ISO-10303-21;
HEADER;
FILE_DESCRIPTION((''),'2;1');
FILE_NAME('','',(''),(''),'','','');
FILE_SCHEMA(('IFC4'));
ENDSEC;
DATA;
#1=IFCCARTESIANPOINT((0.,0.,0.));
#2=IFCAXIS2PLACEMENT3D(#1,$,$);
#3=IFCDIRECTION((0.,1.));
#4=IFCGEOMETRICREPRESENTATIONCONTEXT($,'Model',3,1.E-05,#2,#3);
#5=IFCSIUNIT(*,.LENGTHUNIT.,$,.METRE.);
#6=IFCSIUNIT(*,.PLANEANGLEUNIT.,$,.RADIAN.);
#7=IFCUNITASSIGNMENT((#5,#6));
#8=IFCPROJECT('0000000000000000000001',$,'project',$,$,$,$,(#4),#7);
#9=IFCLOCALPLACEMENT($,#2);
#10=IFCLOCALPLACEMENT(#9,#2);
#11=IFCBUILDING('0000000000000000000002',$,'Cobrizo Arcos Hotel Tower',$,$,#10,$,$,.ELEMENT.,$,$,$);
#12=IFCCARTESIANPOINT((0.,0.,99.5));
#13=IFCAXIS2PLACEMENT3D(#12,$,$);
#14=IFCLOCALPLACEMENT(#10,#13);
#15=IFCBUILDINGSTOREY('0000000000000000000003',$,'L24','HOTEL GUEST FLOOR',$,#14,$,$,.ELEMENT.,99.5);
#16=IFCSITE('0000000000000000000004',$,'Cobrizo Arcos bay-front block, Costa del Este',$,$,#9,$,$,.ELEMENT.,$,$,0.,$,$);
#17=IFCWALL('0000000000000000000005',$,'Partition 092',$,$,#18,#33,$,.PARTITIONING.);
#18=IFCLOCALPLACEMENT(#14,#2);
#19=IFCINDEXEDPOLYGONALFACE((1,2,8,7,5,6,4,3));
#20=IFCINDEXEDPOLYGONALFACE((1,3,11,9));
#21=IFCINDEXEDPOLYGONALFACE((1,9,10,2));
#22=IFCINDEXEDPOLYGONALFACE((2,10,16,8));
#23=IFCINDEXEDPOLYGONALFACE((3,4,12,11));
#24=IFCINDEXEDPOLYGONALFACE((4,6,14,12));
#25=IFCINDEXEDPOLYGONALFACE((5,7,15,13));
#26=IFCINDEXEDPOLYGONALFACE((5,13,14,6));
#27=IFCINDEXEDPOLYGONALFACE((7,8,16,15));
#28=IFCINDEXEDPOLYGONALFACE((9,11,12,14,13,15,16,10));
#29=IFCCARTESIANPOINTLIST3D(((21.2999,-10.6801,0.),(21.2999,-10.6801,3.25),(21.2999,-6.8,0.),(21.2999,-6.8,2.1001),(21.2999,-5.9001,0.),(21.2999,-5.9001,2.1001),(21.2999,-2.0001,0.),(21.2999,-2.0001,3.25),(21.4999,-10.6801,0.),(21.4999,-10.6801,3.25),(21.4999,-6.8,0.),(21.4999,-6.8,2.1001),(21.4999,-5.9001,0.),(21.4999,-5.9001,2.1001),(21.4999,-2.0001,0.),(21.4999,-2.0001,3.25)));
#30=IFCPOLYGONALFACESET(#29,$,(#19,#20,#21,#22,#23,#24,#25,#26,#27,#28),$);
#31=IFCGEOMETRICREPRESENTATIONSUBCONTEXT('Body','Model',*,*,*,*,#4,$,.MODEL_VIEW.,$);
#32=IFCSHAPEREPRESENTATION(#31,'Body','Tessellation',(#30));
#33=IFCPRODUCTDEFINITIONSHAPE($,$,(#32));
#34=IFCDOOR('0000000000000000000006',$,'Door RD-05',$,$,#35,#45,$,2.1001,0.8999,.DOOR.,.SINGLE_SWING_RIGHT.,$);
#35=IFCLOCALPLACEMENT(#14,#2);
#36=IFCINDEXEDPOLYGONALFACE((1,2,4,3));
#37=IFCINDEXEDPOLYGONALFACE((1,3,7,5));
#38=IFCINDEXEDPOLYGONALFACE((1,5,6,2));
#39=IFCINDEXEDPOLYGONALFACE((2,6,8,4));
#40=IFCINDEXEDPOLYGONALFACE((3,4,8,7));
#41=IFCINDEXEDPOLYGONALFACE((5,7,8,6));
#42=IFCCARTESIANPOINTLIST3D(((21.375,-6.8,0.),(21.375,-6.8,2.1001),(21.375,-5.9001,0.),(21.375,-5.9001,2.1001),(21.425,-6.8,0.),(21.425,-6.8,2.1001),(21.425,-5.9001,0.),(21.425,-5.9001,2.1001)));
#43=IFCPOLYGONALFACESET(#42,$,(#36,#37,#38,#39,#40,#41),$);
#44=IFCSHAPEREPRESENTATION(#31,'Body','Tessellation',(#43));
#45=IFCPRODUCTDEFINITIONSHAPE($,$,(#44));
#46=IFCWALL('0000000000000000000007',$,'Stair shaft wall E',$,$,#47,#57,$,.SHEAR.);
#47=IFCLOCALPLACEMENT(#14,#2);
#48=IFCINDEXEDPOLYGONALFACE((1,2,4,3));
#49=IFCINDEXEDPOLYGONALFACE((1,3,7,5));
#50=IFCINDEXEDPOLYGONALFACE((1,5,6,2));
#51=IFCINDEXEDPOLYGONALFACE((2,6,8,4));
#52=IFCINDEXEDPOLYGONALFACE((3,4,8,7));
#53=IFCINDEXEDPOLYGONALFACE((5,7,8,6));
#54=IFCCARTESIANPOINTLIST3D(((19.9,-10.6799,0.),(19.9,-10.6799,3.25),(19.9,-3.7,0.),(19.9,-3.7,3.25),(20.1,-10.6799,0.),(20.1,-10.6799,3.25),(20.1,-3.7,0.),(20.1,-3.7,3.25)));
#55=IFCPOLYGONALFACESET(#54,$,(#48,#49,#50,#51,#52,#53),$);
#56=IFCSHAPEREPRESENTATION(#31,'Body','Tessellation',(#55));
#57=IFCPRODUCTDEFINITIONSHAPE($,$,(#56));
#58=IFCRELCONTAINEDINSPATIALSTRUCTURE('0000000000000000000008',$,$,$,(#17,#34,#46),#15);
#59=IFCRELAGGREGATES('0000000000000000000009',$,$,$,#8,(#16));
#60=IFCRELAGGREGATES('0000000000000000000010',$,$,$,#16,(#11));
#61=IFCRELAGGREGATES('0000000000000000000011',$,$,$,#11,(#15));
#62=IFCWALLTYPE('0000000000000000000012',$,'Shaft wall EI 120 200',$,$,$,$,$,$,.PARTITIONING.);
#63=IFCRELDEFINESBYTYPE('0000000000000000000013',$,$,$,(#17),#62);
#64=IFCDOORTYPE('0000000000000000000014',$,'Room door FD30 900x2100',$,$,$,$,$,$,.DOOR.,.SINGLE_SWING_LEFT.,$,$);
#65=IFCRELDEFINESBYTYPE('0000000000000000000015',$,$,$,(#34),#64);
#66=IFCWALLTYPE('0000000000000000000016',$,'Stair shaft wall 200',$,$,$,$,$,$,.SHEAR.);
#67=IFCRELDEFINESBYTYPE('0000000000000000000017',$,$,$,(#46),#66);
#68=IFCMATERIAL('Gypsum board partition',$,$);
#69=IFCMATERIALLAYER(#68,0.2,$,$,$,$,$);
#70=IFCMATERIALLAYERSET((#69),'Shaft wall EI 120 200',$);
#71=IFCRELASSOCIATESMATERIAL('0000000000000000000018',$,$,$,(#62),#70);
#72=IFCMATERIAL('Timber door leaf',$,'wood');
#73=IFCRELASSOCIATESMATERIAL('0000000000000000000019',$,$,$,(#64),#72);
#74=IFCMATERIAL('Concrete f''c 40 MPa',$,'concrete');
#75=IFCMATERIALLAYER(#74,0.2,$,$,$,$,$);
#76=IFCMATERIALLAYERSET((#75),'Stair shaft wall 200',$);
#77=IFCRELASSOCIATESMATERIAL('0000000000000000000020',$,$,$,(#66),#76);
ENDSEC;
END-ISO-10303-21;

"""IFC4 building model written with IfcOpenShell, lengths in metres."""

from ifc_helpers import new_model, si_unit, direction, frame, frame_2d, origin, place, context, subcontext, project, spatial, rectangle, extrude, material, layer, layer_set, type_object, element, fill, save


model = new_model("IFC4")

# Units and contexts
model_context = context("Model", 3, precision=1e-05, world=origin(), true_north=direction((0.0, 1.0)))
body_context = subcontext(model_context, "Body", "Model", "MODEL_VIEW")
ifc_project = project(units=[si_unit("LENGTHUNIT", "METRE"), si_unit("PLANEANGLEUNIT", "RADIAN")], contexts=[model_context])

# Site, building, storey
site_placement = place(None, origin())
site = spatial("IfcSite", under=ifc_project, at=site_placement, Name="Cobrizo Arcos bay-front block, Costa del Este", CompositionType="ELEMENT", RefElevation=0.0)
building_placement = place(site_placement, origin())
building = spatial("IfcBuilding", under=site, at=building_placement, Name="Cobrizo Arcos Hotel Tower", CompositionType="ELEMENT")
storey_placement = place(building_placement, frame((0.0, 0.0, 99.5)))
storey = spatial("IfcBuildingStorey", under=building, at=storey_placement, Name="L24", Description="HOTEL GUEST FLOOR", CompositionType="ELEMENT", Elevation=99.5)

# Shared definitions
ifc_material_1 = material(Name="Gypsum board partition")

# Wall, opening, door
ifc_layer_1 = layer(ifc_material_1, 0.2)
ifc_layer_set_1 = layer_set([ifc_layer_1], Name="Shaft wall EI 120 200")
wall_type_1 = type_object("IfcWallType", Name="Shaft wall EI 120 200", PredefinedType="PARTITIONING", material=ifc_layer_set_1)
wall_1_placement = place(storey_placement, frame((21.3999, -10.6799, 0.0), z_axis=(0.0, 0.0, 1.0), x_axis=(0.0, 1.0, 0.0)))
wall_1 = element("IfcWall", 1, at=wall_1_placement, inside=storey, type_object=wall_type_1, Name="Partition 092", PredefinedType="PARTITIONING", context=body_context, shape_type="SweptSolid", body=[
    extrude(rectangle(XDim=8.6799, YDim=0.2, at=frame_2d((4.3398, 0.0))), origin(), (0.0, 0.0, 1.0), 3.25),
])
opening_1_placement = place(wall_1_placement, frame((3.8799, 0.0, 0.0)))
opening_1 = element("IfcOpeningElement", 2, at=opening_1_placement, cuts=wall_1, PredefinedType="OPENING", context=body_context, shape_type="SweptSolid", body=[
    extrude(rectangle(XDim=0.8999, YDim=2.1001, at=frame_2d((0.45, 1.05))), frame((0.0, 0.1121, 0.0), z_axis=(0.0, -1.0, 0.0), x_axis=(1.0, 0.0, 0.0)), (0.0, 0.0, 1.0), 0.2239),
])
ifc_material_2 = material(Name="Timber door leaf", Category="wood")
door_type_1 = type_object("IfcDoorType", Name="Room door FD30 900x2100", OperationType="SINGLE_SWING_LEFT", PredefinedType="DOOR", material=ifc_material_2)
door_1_placement = place(opening_1_placement, origin())
door_1 = element("IfcDoor", 3, at=door_1_placement, inside=storey, type_object=door_type_1, Name="Door RD-05", OperationType="SINGLE_SWING_RIGHT", OverallHeight=2.1001, OverallWidth=0.8999, PredefinedType="DOOR", context=body_context, shape_type="SweptSolid", body=[
    extrude(rectangle(XDim=0.8999, YDim=2.1001, at=frame_2d((0.45, 1.05))), frame((0.0, 0.0249, 0.0), z_axis=(0.0, -1.0, 0.0), x_axis=(1.0, 0.0, 0.0)), (0.0, 0.0, 1.0), 0.05),
])
fill(opening_1, door_1)

# Wall
ifc_material_3 = material(Name="Concrete f'c 40 MPa", Category="concrete")
ifc_layer_2 = layer(ifc_material_3, 0.2)
ifc_layer_set_2 = layer_set([ifc_layer_2], Name="Stair shaft wall 200")
wall_type_2 = type_object("IfcWallType", Name="Stair shaft wall 200", PredefinedType="SHEAR", material=ifc_layer_set_2)
wall_2_placement = place(storey_placement, frame((20.0, -10.6799, 0.0), z_axis=(0.0, 0.0, 1.0), x_axis=(0.0, 1.0, 0.0)))
element("IfcWall", 4, at=wall_2_placement, inside=storey, type_object=wall_type_2, Name="Stair shaft wall E", PredefinedType="SHEAR", context=body_context, shape_type="SweptSolid", body=[
    extrude(rectangle(XDim=6.98, YDim=0.2, at=frame_2d((3.49, 0.0))), origin(), (0.0, 0.0, 1.0), 3.25),
])

save(model, "model.ifc")
